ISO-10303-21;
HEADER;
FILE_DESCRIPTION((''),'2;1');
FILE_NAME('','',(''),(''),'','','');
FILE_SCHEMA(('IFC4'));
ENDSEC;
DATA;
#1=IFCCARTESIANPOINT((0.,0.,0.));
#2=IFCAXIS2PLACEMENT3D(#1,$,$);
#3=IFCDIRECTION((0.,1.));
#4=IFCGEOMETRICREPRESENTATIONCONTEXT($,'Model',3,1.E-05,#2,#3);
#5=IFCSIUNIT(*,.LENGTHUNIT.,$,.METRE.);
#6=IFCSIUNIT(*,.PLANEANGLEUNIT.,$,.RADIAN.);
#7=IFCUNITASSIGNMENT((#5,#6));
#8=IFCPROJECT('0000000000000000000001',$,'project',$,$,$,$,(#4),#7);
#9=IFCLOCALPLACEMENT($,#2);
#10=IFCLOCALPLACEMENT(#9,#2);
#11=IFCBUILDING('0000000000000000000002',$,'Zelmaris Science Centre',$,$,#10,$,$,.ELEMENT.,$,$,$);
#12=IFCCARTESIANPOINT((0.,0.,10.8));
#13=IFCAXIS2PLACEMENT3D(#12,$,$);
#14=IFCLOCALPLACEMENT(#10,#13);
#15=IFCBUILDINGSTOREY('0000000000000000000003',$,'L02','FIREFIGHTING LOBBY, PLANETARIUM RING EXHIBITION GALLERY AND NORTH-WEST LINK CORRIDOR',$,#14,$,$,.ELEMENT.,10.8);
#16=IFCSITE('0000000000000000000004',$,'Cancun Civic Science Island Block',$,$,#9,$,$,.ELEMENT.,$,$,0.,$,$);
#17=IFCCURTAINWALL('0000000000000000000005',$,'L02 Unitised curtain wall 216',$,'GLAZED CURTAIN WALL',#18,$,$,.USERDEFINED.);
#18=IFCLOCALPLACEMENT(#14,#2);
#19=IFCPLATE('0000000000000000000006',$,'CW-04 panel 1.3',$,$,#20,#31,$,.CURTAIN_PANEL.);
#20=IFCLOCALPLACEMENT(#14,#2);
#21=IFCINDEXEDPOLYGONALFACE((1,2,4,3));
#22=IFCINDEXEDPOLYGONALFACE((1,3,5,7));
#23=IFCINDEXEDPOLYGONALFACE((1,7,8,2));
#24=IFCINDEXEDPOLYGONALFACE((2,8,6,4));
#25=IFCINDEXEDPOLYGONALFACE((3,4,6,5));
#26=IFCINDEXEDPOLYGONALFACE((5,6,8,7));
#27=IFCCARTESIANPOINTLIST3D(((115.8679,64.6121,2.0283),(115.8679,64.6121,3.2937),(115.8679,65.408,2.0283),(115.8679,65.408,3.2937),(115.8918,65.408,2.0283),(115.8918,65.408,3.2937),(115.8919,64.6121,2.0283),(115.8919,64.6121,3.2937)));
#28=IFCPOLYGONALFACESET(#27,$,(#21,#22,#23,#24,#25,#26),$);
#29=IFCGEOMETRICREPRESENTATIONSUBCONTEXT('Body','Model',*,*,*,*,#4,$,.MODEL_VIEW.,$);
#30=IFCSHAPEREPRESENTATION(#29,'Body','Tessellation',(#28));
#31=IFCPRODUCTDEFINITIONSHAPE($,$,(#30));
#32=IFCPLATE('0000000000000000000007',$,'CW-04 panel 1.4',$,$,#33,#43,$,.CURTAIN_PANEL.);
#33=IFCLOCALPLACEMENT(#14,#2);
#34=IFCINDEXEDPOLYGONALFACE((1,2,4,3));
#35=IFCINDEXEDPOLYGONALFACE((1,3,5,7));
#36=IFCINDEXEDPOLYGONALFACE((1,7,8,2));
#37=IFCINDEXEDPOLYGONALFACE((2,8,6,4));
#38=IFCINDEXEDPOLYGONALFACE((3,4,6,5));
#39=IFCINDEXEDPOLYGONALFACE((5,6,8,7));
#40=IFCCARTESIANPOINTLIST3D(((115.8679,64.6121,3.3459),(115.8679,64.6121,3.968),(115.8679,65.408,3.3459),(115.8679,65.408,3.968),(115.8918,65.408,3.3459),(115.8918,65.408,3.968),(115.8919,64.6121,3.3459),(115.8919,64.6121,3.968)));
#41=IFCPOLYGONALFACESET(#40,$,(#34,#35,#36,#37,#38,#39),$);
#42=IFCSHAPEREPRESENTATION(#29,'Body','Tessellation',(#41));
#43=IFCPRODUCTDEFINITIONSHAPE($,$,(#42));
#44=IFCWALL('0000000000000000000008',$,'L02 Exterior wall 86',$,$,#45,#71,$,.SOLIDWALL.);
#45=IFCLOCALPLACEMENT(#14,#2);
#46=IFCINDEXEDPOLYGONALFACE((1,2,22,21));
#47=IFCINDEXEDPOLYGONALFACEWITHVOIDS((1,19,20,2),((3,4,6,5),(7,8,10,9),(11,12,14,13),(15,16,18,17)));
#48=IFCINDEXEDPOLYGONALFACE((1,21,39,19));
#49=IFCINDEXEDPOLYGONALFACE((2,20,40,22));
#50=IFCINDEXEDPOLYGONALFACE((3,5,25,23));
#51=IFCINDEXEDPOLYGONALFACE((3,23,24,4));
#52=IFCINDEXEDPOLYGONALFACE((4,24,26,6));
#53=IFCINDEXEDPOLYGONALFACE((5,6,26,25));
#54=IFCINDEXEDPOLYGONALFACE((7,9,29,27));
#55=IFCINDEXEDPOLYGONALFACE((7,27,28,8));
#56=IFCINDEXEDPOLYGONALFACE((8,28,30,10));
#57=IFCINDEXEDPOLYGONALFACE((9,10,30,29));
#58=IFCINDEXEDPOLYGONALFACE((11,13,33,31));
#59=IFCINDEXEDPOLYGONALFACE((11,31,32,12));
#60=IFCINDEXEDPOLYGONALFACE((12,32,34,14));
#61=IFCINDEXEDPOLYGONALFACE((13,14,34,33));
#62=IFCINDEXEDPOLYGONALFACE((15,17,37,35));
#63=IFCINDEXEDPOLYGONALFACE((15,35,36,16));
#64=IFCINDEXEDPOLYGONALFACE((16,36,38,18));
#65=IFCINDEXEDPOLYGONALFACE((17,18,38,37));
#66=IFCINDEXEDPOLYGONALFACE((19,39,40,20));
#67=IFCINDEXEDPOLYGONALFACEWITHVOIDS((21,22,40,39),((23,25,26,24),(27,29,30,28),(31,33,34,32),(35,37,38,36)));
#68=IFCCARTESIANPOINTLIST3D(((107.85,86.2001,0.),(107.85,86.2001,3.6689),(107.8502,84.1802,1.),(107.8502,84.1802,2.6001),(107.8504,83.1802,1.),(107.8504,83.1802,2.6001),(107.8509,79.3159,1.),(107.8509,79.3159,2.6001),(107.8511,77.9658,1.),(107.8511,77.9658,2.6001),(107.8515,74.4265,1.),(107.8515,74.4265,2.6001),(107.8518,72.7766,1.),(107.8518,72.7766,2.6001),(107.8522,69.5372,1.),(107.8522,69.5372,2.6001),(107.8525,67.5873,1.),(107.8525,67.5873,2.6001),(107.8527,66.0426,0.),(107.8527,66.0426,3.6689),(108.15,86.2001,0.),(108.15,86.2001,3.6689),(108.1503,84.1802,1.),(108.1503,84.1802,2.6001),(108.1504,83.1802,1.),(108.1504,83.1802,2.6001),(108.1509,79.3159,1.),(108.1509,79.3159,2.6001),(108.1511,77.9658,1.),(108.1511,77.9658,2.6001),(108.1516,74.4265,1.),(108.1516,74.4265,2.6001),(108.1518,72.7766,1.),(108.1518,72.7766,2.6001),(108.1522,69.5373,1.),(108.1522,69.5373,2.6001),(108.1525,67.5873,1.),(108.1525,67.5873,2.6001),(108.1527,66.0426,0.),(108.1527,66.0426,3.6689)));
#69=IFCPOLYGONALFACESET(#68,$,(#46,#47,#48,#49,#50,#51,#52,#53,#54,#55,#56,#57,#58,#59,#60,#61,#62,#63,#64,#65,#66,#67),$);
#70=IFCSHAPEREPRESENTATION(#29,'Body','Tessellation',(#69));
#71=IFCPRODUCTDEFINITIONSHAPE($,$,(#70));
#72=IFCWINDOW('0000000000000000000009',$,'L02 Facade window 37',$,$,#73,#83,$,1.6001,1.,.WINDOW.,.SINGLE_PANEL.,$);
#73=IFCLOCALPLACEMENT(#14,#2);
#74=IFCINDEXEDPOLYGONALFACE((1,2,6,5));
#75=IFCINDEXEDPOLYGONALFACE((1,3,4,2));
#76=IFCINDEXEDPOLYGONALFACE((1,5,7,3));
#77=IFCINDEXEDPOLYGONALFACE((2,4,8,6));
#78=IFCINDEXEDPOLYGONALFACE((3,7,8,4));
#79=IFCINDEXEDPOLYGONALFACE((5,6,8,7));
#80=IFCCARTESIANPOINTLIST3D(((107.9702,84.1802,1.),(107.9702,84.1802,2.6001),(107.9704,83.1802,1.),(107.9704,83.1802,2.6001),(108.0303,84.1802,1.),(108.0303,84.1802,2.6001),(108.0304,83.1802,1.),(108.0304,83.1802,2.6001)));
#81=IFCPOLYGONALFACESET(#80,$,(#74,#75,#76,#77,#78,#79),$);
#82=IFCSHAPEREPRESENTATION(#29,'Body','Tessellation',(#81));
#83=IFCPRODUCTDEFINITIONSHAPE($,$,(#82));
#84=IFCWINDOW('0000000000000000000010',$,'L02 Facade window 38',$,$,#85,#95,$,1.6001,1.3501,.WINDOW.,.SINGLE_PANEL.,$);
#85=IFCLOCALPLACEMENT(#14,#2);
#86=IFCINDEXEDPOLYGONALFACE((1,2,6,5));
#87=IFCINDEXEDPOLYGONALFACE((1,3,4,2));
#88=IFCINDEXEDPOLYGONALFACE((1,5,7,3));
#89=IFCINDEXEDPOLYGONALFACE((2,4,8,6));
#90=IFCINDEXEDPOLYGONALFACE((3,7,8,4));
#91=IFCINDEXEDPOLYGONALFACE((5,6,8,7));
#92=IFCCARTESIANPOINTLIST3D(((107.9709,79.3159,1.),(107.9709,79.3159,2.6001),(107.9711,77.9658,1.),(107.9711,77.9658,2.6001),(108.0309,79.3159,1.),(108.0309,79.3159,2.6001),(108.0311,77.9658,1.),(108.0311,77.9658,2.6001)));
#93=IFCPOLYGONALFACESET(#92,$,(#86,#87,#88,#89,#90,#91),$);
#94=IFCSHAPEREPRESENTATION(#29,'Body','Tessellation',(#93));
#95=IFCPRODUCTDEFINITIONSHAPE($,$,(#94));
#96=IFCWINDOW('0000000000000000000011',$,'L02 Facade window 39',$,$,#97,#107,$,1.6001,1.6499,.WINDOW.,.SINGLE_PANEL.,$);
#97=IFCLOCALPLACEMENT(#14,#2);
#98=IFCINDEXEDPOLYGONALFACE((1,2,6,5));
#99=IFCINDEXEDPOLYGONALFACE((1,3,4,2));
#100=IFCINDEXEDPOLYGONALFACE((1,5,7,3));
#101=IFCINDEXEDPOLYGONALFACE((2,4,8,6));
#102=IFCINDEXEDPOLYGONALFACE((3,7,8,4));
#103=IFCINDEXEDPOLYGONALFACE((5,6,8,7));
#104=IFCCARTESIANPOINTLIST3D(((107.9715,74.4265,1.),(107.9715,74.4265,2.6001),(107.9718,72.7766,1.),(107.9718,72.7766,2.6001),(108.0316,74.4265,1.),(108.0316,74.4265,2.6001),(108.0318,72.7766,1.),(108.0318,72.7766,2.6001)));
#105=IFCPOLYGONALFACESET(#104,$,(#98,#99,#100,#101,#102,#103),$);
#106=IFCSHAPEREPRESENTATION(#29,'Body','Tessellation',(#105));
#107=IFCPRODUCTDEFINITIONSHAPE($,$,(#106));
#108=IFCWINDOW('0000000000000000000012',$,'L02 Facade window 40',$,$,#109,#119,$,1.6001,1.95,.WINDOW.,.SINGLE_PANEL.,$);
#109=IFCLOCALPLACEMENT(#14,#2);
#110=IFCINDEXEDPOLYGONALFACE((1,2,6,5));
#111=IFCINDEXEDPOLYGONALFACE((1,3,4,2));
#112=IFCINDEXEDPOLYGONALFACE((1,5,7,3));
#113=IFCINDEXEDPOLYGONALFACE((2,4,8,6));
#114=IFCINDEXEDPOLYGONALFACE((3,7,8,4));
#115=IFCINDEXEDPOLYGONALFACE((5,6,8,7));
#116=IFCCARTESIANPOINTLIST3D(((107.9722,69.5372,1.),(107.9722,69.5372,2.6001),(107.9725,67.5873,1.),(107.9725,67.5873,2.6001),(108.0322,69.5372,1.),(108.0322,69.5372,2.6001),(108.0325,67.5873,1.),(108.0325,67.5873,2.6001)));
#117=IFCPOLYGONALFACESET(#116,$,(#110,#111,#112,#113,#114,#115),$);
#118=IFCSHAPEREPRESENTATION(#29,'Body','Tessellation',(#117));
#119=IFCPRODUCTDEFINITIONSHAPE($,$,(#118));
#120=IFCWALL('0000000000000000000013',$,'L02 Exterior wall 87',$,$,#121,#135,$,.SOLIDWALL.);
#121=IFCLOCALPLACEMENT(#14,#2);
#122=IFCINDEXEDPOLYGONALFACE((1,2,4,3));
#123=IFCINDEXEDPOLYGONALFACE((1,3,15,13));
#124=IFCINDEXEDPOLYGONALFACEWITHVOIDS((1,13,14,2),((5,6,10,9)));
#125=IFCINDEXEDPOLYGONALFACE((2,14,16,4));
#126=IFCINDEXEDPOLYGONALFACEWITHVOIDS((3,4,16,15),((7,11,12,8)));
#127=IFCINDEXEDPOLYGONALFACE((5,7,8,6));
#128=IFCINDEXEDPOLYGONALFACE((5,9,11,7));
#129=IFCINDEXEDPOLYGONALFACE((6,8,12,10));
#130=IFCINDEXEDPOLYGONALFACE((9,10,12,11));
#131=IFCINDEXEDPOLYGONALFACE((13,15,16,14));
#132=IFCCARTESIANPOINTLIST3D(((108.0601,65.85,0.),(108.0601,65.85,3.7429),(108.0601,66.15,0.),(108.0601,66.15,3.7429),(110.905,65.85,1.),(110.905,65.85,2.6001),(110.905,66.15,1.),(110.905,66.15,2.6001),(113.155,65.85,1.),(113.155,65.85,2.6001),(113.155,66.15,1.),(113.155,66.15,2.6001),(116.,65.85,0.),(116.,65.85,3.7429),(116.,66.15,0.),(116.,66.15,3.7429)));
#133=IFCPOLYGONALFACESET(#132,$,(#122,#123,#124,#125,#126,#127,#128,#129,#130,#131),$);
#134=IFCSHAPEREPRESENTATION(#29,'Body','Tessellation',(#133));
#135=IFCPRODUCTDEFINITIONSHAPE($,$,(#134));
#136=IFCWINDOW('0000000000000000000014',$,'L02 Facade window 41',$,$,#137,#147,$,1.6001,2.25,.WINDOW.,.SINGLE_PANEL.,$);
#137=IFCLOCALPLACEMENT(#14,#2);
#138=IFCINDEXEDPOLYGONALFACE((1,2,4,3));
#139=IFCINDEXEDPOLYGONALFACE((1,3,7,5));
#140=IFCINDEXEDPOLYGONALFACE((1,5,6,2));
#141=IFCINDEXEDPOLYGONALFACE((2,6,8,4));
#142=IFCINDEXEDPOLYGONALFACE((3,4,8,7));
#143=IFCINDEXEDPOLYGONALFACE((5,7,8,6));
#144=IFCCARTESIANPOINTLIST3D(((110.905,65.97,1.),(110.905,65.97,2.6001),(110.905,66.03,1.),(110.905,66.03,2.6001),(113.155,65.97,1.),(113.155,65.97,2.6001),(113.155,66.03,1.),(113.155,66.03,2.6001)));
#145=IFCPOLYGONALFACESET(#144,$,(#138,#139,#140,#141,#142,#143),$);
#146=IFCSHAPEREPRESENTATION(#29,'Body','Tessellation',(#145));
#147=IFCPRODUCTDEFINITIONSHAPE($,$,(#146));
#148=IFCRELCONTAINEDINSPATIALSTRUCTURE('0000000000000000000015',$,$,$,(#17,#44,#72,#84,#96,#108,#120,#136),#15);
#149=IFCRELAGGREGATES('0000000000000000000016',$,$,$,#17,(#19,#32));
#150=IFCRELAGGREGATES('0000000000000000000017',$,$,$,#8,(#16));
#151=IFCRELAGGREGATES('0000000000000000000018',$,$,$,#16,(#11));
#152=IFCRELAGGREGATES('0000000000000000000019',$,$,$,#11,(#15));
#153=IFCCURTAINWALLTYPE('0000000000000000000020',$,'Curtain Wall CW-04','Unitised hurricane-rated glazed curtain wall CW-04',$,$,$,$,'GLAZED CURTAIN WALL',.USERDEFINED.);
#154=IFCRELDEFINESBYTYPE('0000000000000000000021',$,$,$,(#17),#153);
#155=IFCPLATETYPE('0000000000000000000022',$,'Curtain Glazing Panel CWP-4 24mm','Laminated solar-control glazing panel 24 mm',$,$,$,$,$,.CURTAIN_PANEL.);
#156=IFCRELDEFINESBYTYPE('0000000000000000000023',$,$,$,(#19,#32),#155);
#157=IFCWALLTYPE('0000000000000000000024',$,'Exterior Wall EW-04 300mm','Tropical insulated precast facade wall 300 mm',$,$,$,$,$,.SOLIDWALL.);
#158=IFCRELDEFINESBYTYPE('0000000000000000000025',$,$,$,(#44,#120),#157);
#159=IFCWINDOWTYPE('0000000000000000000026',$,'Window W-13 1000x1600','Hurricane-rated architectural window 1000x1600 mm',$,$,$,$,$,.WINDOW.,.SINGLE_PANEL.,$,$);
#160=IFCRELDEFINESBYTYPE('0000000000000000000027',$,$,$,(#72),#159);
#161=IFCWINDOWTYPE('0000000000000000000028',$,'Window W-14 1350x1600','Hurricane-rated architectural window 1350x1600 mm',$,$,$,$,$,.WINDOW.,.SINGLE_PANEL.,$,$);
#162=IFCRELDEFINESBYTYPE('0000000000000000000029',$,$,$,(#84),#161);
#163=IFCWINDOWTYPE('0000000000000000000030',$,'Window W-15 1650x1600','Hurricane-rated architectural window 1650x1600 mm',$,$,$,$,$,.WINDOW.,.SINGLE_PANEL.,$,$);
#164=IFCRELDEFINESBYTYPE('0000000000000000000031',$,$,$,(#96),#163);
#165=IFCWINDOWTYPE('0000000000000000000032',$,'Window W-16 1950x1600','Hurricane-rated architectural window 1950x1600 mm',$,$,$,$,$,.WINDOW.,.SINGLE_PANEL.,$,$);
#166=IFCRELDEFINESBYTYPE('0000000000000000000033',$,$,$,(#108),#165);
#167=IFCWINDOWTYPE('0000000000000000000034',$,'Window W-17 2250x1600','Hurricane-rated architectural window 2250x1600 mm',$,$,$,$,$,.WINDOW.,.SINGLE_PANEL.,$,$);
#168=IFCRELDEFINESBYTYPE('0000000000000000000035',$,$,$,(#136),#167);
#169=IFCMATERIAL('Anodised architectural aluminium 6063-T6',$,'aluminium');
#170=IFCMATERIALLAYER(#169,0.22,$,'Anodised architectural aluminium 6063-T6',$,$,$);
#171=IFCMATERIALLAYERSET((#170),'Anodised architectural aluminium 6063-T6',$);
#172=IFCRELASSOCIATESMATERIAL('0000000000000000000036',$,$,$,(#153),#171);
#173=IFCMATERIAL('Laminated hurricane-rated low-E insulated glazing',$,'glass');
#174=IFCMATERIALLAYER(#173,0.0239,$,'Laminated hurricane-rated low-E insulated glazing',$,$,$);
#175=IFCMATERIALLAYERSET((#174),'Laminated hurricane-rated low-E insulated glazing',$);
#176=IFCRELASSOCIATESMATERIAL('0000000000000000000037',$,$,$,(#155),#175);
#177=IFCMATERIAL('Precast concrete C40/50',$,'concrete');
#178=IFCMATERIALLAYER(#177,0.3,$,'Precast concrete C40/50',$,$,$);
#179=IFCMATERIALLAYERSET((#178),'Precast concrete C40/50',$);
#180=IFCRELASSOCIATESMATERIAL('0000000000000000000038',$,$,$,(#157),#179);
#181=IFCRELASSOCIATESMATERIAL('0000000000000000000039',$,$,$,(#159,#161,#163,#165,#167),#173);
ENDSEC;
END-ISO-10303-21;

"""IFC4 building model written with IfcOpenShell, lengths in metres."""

from ifc_helpers import new_model, si_unit, direction, frame, frame_2d, origin, origin_2d, place, context, subcontext, project, spatial, rectangle, extrude, material, layer, layer_set, type_object, element, fill, aggregate, save


model = new_model("IFC4")

# Units and contexts
model_context = context("Model", 3, precision=1e-05, world=origin(), true_north=direction((0.0, 1.0)))
body_context = subcontext(model_context, "Body", "Model", "MODEL_VIEW")
ifc_project = project(units=[si_unit("LENGTHUNIT", "METRE"), si_unit("PLANEANGLEUNIT", "RADIAN")], contexts=[model_context])

# Site, building, storey
site_placement = place(None, origin())
site = spatial("IfcSite", under=ifc_project, at=site_placement, Name="Cancun Civic Science Island Block", CompositionType="ELEMENT", RefElevation=0.0)
building_placement = place(site_placement, origin())
building = spatial("IfcBuilding", under=site, at=building_placement, Name="Zelmaris Science Centre", CompositionType="ELEMENT")
storey_placement = place(building_placement, frame((0.0, 0.0, 10.8)))
storey = spatial("IfcBuildingStorey", under=building, at=storey_placement, Name="L02", Description="FIREFIGHTING LOBBY, PLANETARIUM RING EXHIBITION GALLERY AND NORTH-WEST LINK CORRIDOR", CompositionType="ELEMENT", Elevation=10.8)

# Curtain wall
ifc_material_1 = material(Name="Anodised architectural aluminium 6063-T6", Category="aluminium")
ifc_layer_1 = layer(ifc_material_1, 0.22, Name="Anodised architectural aluminium 6063-T6")
ifc_layer_set_1 = layer_set([ifc_layer_1], Name="Anodised architectural aluminium 6063-T6")
curtain_wall_type_1 = type_object("IfcCurtainWallType", Name="Curtain Wall CW-04", Description="Unitised hurricane-rated glazed curtain wall CW-04", ElementType="GLAZED CURTAIN WALL", PredefinedType="USERDEFINED", material=ifc_layer_set_1)
curtain_wall_1_placement = place(storey_placement, origin())
curtain_wall_1 = element("IfcCurtainWall", 1, at=curtain_wall_1_placement, inside=storey, type_object=curtain_wall_type_1, Name="L02 Unitised curtain wall 216", ObjectType="GLAZED CURTAIN WALL", PredefinedType="USERDEFINED")

# Plates
ifc_material_2 = material(Name="Laminated hurricane-rated low-E insulated glazing", Category="glass")
ifc_layer_2 = layer(ifc_material_2, 0.0239, Name="Laminated hurricane-rated low-E insulated glazing")
ifc_layer_set_2 = layer_set([ifc_layer_2], Name="Laminated hurricane-rated low-E insulated glazing")
plate_type = type_object("IfcPlateType", Name="Curtain Glazing Panel CWP-4 24mm", Description="Laminated solar-control glazing panel 24 mm", PredefinedType="CURTAIN_PANEL", material=ifc_layer_set_2)
plate_1_placement = place(storey_placement, frame((115.8799, 65.01, 2.0283), z_axis=(0.0, 0.0, 1.0), x_axis=(0.000023, -1.0, 0.0)))
plate_1 = element("IfcPlate", 2, at=plate_1_placement, type_object=plate_type, Name="CW-04 panel 1.3", PredefinedType="CURTAIN_PANEL", context=body_context, shape_type="SweptSolid", body=[
    extrude(rectangle(XDim=0.7959, YDim=0.0239, at=origin_2d()), origin(), (0.0, 0.0, 1.0), 1.2654),
])
plate_2_placement = place(storey_placement, frame((115.8799, 65.01, 3.3459), z_axis=(0.0, 0.0, 1.0), x_axis=(0.000023, -1.0, 0.0)))
plate_2 = element("IfcPlate", 3, at=plate_2_placement, type_object=plate_type, Name="CW-04 panel 1.4", PredefinedType="CURTAIN_PANEL", context=body_context, shape_type="SweptSolid", body=[
    extrude(rectangle(XDim=0.7959, YDim=0.0239, at=origin_2d()), origin(), (0.0, 0.0, 1.0), 0.6221),
])
aggregate(curtain_wall_1, [plate_1, plate_2])

# Wall, openings, windows
ifc_material_3 = material(Name="Precast concrete C40/50", Category="concrete")
ifc_layer_3 = layer(ifc_material_3, 0.3, Name="Precast concrete C40/50")
ifc_layer_set_3 = layer_set([ifc_layer_3], Name="Precast concrete C40/50")
wall_type = type_object("IfcWallType", Name="Exterior Wall EW-04 300mm", Description="Tropical insulated precast facade wall 300 mm", PredefinedType="SOLIDWALL", material=ifc_layer_set_3)
wall_1_placement = place(storey_placement, frame((108.0, 86.2, 0.0), z_axis=(0.0, 0.0, 1.0), x_axis=(0.000133, -1.0, 0.0)))
wall_1 = element("IfcWall", 4, at=wall_1_placement, inside=storey, type_object=wall_type, Name="L02 Exterior wall 86", PredefinedType="SOLIDWALL", context=body_context, shape_type="SweptSolid", body=[
    extrude(rectangle(XDim=20.1575, YDim=0.3, at=frame_2d((10.0786, 0.0))), origin(), (0.0, 0.0, 1.0), 3.6689),
])
opening_1_placement = place(wall_1_placement, frame((2.0198, 0.0, 1.0)))
opening_1 = element("IfcOpeningElement", 5, at=opening_1_placement, cuts=wall_1, PredefinedType="OPENING", context=body_context, shape_type="SweptSolid", body=[
    extrude(rectangle(XDim=1.0, YDim=1.6001, at=frame_2d((0.5, 0.8))), frame((0.0, 0.1599, 0.0), z_axis=(0.0, -1.0, 0.0), x_axis=(1.0, 0.0, 0.0)), (0.0, 0.0, 1.0), 0.3201),
])
opening_2_placement = place(wall_1_placement, frame((6.884, 0.0, 1.0)))
opening_2 = element("IfcOpeningElement", 6, at=opening_2_placement, cuts=wall_1, PredefinedType="OPENING", context=body_context, shape_type="SweptSolid", body=[
    extrude(rectangle(XDim=1.3501, YDim=1.6001, at=frame_2d((0.675, 0.8))), frame((0.0, 0.1599, 0.0), z_axis=(0.0, -1.0, 0.0), x_axis=(1.0, 0.0, 0.0)), (0.0, 0.0, 1.0), 0.3201),
])
opening_3_placement = place(wall_1_placement, frame((11.7734, 0.0, 1.0)))
opening_3 = element("IfcOpeningElement", 7, at=opening_3_placement, cuts=wall_1, PredefinedType="OPENING", context=body_context, shape_type="SweptSolid", body=[
    extrude(rectangle(XDim=1.6499, YDim=1.6001, at=frame_2d((0.825, 0.8))), frame((0.0, 0.1599, 0.0), z_axis=(0.0, -1.0, 0.0), x_axis=(1.0, 0.0, 0.0)), (0.0, 0.0, 1.0), 0.3201),
])
opening_4_placement = place(wall_1_placement, frame((16.6626, 0.0, 1.0)))
opening_4 = element("IfcOpeningElement", 8, at=opening_4_placement, cuts=wall_1, PredefinedType="OPENING", context=body_context, shape_type="SweptSolid", body=[
    extrude(rectangle(XDim=1.95, YDim=1.6001, at=frame_2d((0.9751, 0.8))), frame((0.0, 0.1599, 0.0), z_axis=(0.0, -1.0, 0.0), x_axis=(1.0, 0.0, 0.0)), (0.0, 0.0, 1.0), 0.3201),
])
window_type_1 = type_object("IfcWindowType", Name="Window W-13 1000x1600", Description="Hurricane-rated architectural window 1000x1600 mm", PartitioningType="SINGLE_PANEL", PredefinedType="WINDOW", material=ifc_material_2)
window_1_placement = place(opening_1_placement, origin())
window_1 = element("IfcWindow", 9, at=window_1_placement, inside=storey, type_object=window_type_1, Name="L02 Facade window 37", OverallHeight=1.6001, OverallWidth=1.0, PartitioningType="SINGLE_PANEL", PredefinedType="WINDOW", context=body_context, shape_type="SweptSolid", body=[
    extrude(rectangle(XDim=1.0, YDim=1.6001, at=frame_2d((0.5, 0.8))), frame((0.0, 0.03, 0.0), z_axis=(0.0, -1.0, 0.0), x_axis=(1.0, 0.0, 0.0)), (0.0, 0.0, 1.0), 0.0601),
])
fill(opening_1, window_1)
window_type_2 = type_object("IfcWindowType", Name="Window W-14 1350x1600", Description="Hurricane-rated architectural window 1350x1600 mm", PartitioningType="SINGLE_PANEL", PredefinedType="WINDOW", material=ifc_material_2)
window_2_placement = place(opening_2_placement, origin())
window_2 = element("IfcWindow", 10, at=window_2_placement, inside=storey, type_object=window_type_2, Name="L02 Facade window 38", OverallHeight=1.6001, OverallWidth=1.3501, PartitioningType="SINGLE_PANEL", PredefinedType="WINDOW", context=body_context, shape_type="SweptSolid", body=[
    extrude(rectangle(XDim=1.3501, YDim=1.6001, at=frame_2d((0.675, 0.8))), frame((0.0, 0.03, 0.0), z_axis=(0.0, -1.0, 0.0), x_axis=(1.0, 0.0, 0.0)), (0.0, 0.0, 1.0), 0.0601),
])
fill(opening_2, window_2)
window_type_3 = type_object("IfcWindowType", Name="Window W-15 1650x1600", Description="Hurricane-rated architectural window 1650x1600 mm", PartitioningType="SINGLE_PANEL", PredefinedType="WINDOW", material=ifc_material_2)
window_3_placement = place(opening_3_placement, origin())
window_3 = element("IfcWindow", 11, at=window_3_placement, inside=storey, type_object=window_type_3, Name="L02 Facade window 39", OverallHeight=1.6001, OverallWidth=1.6499, PartitioningType="SINGLE_PANEL", PredefinedType="WINDOW", context=body_context, shape_type="SweptSolid", body=[
    extrude(rectangle(XDim=1.6499, YDim=1.6001, at=frame_2d((0.825, 0.8))), frame((0.0, 0.03, 0.0), z_axis=(0.0, -1.0, 0.0), x_axis=(1.0, 0.0, 0.0)), (0.0, 0.0, 1.0), 0.0601),
])
fill(opening_3, window_3)
window_type_4 = type_object("IfcWindowType", Name="Window W-16 1950x1600", Description="Hurricane-rated architectural window 1950x1600 mm", PartitioningType="SINGLE_PANEL", PredefinedType="WINDOW", material=ifc_material_2)
window_4_placement = place(opening_4_placement, origin())
window_4 = element("IfcWindow", 12, at=window_4_placement, inside=storey, type_object=window_type_4, Name="L02 Facade window 40", OverallHeight=1.6001, OverallWidth=1.95, PartitioningType="SINGLE_PANEL", PredefinedType="WINDOW", context=body_context, shape_type="SweptSolid", body=[
    extrude(rectangle(XDim=1.95, YDim=1.6001, at=frame_2d((0.9751, 0.8))), frame((0.0, 0.03, 0.0), z_axis=(0.0, -1.0, 0.0), x_axis=(1.0, 0.0, 0.0)), (0.0, 0.0, 1.0), 0.0601),
])
fill(opening_4, window_4)

# Wall, opening, window
wall_2_placement = place(storey_placement, frame((108.0601, 66.0, 0.0), z_axis=(0.0, 0.0, 1.0), x_axis=(1.0, 0.0, 0.0)))
wall_2 = element("IfcWall", 13, at=wall_2_placement, inside=storey, type_object=wall_type, Name="L02 Exterior wall 87", PredefinedType="SOLIDWALL", context=body_context, shape_type="SweptSolid", body=[
    extrude(rectangle(XDim=7.9399, YDim=0.3, at=frame_2d((3.97, 0.0))), origin(), (0.0, 0.0, 1.0), 3.7429),
])
opening_5_placement = place(wall_2_placement, frame((2.845, 0.0, 1.0)))
opening_5 = element("IfcOpeningElement", 14, at=opening_5_placement, cuts=wall_2, PredefinedType="OPENING", context=body_context, shape_type="SweptSolid", body=[
    extrude(rectangle(XDim=2.25, YDim=1.6001, at=frame_2d((1.125, 0.8))), frame((0.0, 0.1599, 0.0), z_axis=(0.0, -1.0, 0.0), x_axis=(1.0, 0.0, 0.0)), (0.0, 0.0, 1.0), 0.3201),
])
window_type_5 = type_object("IfcWindowType", Name="Window W-17 2250x1600", Description="Hurricane-rated architectural window 2250x1600 mm", PartitioningType="SINGLE_PANEL", PredefinedType="WINDOW", material=ifc_material_2)
window_5_placement = place(opening_5_placement, origin())
window_5 = element("IfcWindow", 15, at=window_5_placement, inside=storey, type_object=window_type_5, Name="L02 Facade window 41", OverallHeight=1.6001, OverallWidth=2.25, PartitioningType="SINGLE_PANEL", PredefinedType="WINDOW", context=body_context, shape_type="SweptSolid", body=[
    extrude(rectangle(XDim=2.25, YDim=1.6001, at=frame_2d((1.125, 0.8))), frame((0.0, 0.03, 0.0), z_axis=(0.0, -1.0, 0.0), x_axis=(1.0, 0.0, 0.0)), (0.0, 0.0, 1.0), 0.0601),
])
fill(opening_5, window_5)

save(model, "model.ifc")
